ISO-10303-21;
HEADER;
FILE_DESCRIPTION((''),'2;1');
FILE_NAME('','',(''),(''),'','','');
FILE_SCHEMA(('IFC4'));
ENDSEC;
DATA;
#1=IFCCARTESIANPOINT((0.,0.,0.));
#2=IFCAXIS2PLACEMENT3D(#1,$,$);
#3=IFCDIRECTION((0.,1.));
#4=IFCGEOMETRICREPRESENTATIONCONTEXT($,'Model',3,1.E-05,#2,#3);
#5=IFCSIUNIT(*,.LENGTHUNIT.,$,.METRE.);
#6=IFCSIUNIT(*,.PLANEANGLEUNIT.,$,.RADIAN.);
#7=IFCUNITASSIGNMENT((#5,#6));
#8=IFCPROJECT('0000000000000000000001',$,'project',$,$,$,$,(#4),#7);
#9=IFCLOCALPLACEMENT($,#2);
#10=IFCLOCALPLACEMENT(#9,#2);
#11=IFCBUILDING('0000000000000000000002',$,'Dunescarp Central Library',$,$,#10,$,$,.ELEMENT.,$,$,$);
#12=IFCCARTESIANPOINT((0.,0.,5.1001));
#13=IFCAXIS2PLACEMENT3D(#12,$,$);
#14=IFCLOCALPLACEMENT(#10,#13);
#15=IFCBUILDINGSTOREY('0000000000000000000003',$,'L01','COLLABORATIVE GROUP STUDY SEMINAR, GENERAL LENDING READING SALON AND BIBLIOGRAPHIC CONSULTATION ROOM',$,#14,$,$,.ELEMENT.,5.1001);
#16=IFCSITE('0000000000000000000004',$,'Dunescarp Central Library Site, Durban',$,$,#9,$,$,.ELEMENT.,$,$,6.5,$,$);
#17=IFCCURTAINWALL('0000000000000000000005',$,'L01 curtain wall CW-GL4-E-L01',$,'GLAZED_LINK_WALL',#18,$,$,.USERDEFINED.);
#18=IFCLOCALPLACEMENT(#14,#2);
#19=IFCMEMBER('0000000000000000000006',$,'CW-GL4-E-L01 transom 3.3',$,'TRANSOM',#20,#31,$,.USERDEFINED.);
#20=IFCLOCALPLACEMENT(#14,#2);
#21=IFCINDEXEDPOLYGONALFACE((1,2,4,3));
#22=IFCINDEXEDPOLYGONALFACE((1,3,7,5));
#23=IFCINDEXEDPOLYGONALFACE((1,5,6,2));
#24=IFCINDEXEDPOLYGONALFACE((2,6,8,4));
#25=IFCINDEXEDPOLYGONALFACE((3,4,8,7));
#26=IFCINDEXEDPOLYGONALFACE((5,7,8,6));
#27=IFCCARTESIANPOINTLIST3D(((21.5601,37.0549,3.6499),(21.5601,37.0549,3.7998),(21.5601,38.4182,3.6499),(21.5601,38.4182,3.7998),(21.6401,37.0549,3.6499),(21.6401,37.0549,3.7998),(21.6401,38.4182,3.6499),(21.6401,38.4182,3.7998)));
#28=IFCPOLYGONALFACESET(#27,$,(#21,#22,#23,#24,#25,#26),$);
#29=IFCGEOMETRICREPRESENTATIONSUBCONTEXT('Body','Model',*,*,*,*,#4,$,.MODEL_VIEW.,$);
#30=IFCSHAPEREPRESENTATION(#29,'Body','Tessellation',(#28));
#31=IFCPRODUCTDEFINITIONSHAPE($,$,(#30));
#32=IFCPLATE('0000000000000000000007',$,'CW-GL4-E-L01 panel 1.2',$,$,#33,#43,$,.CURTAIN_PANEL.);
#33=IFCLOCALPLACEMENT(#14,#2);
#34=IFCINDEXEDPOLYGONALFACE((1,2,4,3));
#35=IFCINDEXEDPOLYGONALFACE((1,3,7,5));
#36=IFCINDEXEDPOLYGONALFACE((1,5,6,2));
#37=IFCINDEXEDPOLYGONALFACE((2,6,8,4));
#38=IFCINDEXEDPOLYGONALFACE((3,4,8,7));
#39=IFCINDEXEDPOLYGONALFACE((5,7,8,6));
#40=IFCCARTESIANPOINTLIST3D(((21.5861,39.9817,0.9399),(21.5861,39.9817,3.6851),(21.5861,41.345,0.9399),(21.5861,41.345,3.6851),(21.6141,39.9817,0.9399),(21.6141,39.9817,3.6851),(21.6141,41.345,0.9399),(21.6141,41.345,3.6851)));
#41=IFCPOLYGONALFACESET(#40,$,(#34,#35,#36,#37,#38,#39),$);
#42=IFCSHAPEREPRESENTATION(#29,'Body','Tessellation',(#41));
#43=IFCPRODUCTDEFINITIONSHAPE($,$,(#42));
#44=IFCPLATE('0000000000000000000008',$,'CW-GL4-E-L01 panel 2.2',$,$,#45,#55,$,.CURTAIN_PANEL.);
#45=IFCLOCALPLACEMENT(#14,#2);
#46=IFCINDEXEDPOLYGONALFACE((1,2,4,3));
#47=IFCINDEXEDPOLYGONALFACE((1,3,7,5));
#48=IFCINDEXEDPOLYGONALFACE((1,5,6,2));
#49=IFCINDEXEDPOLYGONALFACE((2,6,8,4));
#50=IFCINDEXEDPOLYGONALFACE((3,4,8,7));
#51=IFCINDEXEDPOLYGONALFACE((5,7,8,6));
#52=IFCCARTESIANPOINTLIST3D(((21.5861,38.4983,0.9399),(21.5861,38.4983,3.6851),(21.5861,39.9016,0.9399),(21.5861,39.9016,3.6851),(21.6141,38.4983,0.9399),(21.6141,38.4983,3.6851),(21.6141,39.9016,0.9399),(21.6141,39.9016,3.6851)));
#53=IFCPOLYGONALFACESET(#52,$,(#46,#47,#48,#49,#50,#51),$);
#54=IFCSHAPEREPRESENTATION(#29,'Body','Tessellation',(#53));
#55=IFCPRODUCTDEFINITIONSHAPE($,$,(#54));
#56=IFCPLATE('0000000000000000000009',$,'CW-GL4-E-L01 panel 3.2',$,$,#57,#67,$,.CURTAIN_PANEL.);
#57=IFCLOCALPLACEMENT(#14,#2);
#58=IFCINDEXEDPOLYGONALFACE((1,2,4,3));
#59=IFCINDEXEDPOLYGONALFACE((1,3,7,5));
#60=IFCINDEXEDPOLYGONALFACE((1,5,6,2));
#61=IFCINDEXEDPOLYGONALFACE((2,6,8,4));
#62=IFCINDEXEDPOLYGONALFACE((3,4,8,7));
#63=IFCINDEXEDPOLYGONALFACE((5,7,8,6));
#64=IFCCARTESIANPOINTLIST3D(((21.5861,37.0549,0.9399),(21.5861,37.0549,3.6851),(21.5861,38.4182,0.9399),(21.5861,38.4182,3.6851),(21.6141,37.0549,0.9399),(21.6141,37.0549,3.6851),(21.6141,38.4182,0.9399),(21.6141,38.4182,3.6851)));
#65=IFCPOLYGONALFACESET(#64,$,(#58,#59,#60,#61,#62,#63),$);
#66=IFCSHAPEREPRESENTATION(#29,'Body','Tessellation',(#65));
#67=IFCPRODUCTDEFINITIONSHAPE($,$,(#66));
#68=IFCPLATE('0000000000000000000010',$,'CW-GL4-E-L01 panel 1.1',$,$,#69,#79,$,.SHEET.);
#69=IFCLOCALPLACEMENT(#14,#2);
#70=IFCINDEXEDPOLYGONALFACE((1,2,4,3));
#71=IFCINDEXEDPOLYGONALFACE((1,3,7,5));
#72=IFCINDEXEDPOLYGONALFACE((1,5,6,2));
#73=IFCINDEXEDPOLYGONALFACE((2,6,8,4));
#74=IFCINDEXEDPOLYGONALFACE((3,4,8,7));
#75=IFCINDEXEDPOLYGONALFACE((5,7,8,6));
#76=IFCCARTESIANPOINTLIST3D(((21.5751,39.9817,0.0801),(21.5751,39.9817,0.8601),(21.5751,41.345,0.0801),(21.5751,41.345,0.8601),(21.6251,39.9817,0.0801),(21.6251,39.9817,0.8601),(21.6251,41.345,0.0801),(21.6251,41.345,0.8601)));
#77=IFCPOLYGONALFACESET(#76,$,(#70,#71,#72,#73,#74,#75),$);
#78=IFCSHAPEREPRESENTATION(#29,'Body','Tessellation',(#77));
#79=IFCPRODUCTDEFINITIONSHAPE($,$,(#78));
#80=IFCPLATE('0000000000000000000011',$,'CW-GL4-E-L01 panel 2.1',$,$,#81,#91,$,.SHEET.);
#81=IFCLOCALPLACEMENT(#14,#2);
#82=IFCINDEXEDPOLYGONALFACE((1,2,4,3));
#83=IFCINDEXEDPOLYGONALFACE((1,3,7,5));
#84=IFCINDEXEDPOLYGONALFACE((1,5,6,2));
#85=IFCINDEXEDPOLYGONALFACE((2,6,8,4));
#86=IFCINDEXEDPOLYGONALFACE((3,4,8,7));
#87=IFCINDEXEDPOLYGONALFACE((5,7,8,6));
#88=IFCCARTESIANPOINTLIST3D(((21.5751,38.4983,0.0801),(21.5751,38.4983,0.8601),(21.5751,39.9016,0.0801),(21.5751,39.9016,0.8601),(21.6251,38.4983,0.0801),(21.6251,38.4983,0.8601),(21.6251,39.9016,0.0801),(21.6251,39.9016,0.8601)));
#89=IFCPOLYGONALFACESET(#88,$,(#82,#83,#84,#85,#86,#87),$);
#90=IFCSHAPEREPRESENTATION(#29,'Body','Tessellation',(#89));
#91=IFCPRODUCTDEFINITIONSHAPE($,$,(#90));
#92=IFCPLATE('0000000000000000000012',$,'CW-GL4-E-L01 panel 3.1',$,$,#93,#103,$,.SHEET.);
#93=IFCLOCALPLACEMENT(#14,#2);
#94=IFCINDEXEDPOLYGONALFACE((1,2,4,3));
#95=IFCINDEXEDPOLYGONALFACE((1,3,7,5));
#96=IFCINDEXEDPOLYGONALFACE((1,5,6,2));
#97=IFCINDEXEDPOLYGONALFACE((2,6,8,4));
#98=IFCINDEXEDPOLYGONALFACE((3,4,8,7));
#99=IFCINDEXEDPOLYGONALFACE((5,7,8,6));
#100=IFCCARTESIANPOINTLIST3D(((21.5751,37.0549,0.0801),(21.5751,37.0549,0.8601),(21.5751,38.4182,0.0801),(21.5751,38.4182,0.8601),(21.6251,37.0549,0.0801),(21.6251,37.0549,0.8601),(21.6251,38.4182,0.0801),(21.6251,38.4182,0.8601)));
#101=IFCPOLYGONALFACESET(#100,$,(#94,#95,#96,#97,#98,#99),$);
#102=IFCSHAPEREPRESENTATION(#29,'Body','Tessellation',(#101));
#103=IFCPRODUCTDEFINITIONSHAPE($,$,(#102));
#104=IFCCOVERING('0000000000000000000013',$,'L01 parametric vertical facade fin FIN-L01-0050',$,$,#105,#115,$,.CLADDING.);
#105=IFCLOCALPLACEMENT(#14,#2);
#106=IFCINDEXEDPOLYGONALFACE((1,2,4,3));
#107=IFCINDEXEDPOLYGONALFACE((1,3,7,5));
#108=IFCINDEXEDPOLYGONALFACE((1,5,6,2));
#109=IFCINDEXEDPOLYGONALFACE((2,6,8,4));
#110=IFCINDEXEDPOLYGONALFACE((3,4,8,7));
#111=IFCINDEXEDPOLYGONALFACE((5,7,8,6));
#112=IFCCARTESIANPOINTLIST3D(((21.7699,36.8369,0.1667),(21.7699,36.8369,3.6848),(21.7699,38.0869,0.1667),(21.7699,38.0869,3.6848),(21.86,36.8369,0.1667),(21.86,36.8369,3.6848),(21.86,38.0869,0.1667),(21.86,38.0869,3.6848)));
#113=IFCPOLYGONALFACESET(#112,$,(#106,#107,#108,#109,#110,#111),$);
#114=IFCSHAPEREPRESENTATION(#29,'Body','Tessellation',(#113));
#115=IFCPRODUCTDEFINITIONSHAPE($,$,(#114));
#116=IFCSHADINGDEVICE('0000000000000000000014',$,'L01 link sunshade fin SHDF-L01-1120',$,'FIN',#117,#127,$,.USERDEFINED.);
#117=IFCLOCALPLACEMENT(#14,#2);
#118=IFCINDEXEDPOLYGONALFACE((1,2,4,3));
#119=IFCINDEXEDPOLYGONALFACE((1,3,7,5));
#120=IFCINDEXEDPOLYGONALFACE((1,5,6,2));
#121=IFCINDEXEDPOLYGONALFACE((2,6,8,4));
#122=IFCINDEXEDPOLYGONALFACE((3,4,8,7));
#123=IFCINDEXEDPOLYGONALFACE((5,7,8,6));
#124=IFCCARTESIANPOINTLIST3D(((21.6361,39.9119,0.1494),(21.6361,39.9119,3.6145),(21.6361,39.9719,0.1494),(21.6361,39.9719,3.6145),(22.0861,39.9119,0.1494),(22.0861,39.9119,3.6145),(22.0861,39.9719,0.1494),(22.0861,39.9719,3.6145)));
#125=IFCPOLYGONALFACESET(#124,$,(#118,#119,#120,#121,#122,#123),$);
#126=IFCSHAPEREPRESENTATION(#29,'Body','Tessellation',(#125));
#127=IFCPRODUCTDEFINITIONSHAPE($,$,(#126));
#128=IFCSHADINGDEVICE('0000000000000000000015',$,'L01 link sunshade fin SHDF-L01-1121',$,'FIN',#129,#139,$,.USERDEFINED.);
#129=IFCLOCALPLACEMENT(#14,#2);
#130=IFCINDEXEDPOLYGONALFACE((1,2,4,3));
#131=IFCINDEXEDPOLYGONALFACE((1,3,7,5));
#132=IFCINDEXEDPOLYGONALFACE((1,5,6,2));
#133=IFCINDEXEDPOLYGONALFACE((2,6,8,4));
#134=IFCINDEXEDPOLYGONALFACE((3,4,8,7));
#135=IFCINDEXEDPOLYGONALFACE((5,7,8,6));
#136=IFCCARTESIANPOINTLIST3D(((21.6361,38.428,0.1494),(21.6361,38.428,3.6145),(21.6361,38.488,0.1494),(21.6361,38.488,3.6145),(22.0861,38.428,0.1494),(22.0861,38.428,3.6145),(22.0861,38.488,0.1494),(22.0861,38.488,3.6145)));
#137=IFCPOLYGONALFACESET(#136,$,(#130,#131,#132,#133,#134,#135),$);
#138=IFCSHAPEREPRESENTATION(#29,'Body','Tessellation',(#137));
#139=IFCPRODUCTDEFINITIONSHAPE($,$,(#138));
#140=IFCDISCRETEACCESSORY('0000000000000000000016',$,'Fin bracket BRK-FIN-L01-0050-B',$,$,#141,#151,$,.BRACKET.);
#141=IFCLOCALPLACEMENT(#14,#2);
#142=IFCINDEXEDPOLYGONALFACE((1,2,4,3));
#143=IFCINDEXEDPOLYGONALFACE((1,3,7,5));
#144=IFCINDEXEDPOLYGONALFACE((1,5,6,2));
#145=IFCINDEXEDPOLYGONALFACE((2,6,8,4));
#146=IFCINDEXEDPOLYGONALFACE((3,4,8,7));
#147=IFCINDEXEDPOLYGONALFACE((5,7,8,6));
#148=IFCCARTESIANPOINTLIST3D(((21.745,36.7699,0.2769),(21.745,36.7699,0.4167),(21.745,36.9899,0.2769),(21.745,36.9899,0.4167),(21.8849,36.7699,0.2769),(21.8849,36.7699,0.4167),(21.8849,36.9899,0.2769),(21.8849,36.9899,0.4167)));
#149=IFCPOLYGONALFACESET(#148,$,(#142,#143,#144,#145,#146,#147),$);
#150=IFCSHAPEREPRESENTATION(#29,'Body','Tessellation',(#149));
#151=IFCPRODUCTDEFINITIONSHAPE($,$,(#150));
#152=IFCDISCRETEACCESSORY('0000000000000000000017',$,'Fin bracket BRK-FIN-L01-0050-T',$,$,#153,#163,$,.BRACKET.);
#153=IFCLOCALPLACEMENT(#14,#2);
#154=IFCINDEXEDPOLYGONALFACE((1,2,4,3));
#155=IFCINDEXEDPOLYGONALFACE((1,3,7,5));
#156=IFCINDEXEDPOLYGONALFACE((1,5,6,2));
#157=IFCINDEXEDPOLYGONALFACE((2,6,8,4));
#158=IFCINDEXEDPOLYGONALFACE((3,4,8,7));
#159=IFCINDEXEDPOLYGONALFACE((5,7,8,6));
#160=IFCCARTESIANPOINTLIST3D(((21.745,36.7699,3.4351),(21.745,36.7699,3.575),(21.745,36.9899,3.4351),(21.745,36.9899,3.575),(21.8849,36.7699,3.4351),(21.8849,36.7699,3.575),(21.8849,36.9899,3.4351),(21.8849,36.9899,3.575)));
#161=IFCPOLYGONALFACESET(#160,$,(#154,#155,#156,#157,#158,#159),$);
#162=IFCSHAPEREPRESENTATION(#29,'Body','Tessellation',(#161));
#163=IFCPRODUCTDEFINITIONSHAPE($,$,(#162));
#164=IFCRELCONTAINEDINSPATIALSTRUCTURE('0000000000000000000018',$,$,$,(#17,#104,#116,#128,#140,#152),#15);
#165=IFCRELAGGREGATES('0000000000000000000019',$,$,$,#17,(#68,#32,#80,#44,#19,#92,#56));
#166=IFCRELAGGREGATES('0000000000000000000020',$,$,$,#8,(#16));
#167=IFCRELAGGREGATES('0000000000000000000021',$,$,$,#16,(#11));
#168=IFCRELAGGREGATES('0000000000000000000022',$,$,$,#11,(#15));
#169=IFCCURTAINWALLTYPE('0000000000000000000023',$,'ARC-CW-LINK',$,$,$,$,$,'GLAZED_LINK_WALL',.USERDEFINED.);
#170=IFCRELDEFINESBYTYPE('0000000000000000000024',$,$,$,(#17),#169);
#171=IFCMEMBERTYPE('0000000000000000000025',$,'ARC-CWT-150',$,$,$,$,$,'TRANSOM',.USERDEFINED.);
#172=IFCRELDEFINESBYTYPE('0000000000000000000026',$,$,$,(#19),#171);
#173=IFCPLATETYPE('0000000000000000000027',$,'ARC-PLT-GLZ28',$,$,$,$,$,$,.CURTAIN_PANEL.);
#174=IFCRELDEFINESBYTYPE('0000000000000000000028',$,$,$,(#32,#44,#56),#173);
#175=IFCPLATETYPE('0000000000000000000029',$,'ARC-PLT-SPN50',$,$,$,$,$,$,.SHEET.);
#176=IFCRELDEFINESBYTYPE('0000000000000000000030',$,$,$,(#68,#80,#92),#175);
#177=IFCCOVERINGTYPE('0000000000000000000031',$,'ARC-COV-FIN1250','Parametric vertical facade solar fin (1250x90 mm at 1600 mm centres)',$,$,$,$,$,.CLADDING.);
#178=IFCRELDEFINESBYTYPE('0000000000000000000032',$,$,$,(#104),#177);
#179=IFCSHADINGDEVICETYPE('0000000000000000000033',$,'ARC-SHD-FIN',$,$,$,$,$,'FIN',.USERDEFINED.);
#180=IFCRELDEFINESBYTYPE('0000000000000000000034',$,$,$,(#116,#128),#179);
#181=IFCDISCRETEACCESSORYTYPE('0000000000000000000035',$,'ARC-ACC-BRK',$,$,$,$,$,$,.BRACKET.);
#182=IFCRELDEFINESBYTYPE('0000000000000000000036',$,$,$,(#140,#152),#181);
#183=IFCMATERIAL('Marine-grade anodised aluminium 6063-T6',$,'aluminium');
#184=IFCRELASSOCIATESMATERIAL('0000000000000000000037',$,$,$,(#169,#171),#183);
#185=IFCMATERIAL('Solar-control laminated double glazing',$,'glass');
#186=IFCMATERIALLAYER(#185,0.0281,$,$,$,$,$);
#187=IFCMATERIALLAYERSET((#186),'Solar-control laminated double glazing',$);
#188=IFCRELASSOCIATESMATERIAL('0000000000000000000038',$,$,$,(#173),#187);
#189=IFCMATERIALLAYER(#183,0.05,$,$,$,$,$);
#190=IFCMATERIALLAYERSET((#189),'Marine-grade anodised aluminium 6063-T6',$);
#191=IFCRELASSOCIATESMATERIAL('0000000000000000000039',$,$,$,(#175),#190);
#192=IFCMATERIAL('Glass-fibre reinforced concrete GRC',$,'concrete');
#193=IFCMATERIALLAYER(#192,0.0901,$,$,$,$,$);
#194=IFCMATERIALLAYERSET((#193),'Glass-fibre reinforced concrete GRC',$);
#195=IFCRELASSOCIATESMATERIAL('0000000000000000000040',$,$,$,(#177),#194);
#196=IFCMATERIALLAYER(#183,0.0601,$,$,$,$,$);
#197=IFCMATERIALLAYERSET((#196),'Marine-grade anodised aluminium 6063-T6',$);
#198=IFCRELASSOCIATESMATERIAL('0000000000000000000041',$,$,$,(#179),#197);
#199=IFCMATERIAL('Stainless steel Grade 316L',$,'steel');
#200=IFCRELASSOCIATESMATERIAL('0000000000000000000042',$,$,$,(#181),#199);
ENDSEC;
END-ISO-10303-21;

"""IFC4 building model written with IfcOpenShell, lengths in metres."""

from ifc_helpers import new_model, si_unit, direction, frame, origin, origin_2d, place, context, subcontext, project, spatial, rectangle, extrude, material, layer, layer_set, material_profile, profile_set, type_object, element, aggregate, save


model = new_model("IFC4")

# Units and contexts
model_context = context("Model", 3, precision=1e-05, world=origin(), true_north=direction((0.0, 1.0)))
body_context = subcontext(model_context, "Body", "Model", "MODEL_VIEW")
ifc_project = project(units=[si_unit("LENGTHUNIT", "METRE"), si_unit("PLANEANGLEUNIT", "RADIAN")], contexts=[model_context])

# Site, building, storey
site_placement = place(None, origin())
site = spatial("IfcSite", under=ifc_project, at=site_placement, Name="Dunescarp Central Library Site, Durban", CompositionType="ELEMENT", RefElevation=6.5)
building_placement = place(site_placement, origin())
building = spatial("IfcBuilding", under=site, at=building_placement, Name="Dunescarp Central Library", CompositionType="ELEMENT")
storey_placement = place(building_placement, frame((0.0, 0.0, 5.1001)))
storey = spatial("IfcBuildingStorey", under=building, at=storey_placement, Name="L01", Description="COLLABORATIVE GROUP STUDY SEMINAR, GENERAL LENDING READING SALON AND BIBLIOGRAPHIC CONSULTATION ROOM", CompositionType="ELEMENT", Elevation=5.1001)

# Shared definitions
ifc_material_1 = material(Name="Marine-grade anodised aluminium 6063-T6", Category="aluminium")

# Curtain wall
curtain_wall_type_1 = type_object("IfcCurtainWallType", Name="ARC-CW-LINK", ElementType="GLAZED_LINK_WALL", PredefinedType="USERDEFINED", material=ifc_material_1)
curtain_wall_1_placement = place(storey_placement, origin())
curtain_wall_1 = element("IfcCurtainWall", 1, at=curtain_wall_1_placement, inside=storey, type_object=curtain_wall_type_1, Name="L01 curtain wall CW-GL4-E-L01", ObjectType="GLAZED_LINK_WALL", PredefinedType="USERDEFINED")

# Member
ifc_material_profile_1 = material_profile(ifc_material_1, rectangle(XDim=0.0801, YDim=0.1499, at=origin_2d()), Name="AL 80x150")
ifc_profile_set_1 = profile_set([ifc_material_profile_1], Name="Marine-grade anodised aluminium 6063-T6")
member_type_1 = type_object("IfcMemberType", Name="ARC-CWT-150", ElementType="TRANSOM", PredefinedType="USERDEFINED", material=ifc_profile_set_1)
member_1_placement = place(storey_placement, frame((21.6001, 38.4182, 3.7249), z_axis=(0.0, -1.0, 0.0), x_axis=(1.0, 0.0, 0.0)))
member_1 = element("IfcMember", 2, at=member_1_placement, type_object=member_type_1, Name="CW-GL4-E-L01 transom 3.3", ObjectType="TRANSOM", PredefinedType="USERDEFINED", context=body_context, shape_type="SweptSolid", body=[
    extrude(rectangle(XDim=0.0801, YDim=0.1499, at=origin_2d()), origin(), (0.0, 0.0, 1.0), 1.3633),
])

# Plates
ifc_material_2 = material(Name="Solar-control laminated double glazing", Category="glass")
ifc_layer_1 = layer(ifc_material_2, 0.0281)
ifc_layer_set_1 = layer_set([ifc_layer_1], Name="Solar-control laminated double glazing")
plate_type_1 = type_object("IfcPlateType", Name="ARC-PLT-GLZ28", PredefinedType="CURTAIN_PANEL", material=ifc_layer_set_1)
plate_1_placement = place(storey_placement, frame((21.6001, 40.6633, 0.9399), z_axis=(0.0, 0.0, 1.0), x_axis=(0.0, -1.0, 0.0)))
plate_1 = element("IfcPlate", 3, at=plate_1_placement, type_object=plate_type_1, Name="CW-GL4-E-L01 panel 1.2", PredefinedType="CURTAIN_PANEL", context=body_context, shape_type="SweptSolid", body=[
    extrude(rectangle(XDim=1.3633, YDim=0.0281, at=origin_2d()), origin(), (0.0, 0.0, 1.0), 2.7451),
])
plate_2_placement = place(storey_placement, frame((21.6001, 39.2, 0.9399), z_axis=(0.0, 0.0, 1.0), x_axis=(0.0, -1.0, 0.0)))
plate_2 = element("IfcPlate", 4, at=plate_2_placement, type_object=plate_type_1, Name="CW-GL4-E-L01 panel 2.2", PredefinedType="CURTAIN_PANEL", context=body_context, shape_type="SweptSolid", body=[
    extrude(rectangle(XDim=1.4033, YDim=0.0281, at=origin_2d()), origin(), (0.0, 0.0, 1.0), 2.7451),
])
plate_3_placement = place(storey_placement, frame((21.6001, 37.7366, 0.9399), z_axis=(0.0, 0.0, 1.0), x_axis=(0.0, -1.0, 0.0)))
plate_3 = element("IfcPlate", 5, at=plate_3_placement, type_object=plate_type_1, Name="CW-GL4-E-L01 panel 3.2", PredefinedType="CURTAIN_PANEL", context=body_context, shape_type="SweptSolid", body=[
    extrude(rectangle(XDim=1.3633, YDim=0.0281, at=origin_2d()), origin(), (0.0, 0.0, 1.0), 2.7451),
])
ifc_layer_2 = layer(ifc_material_1, 0.05)
ifc_layer_set_2 = layer_set([ifc_layer_2], Name="Marine-grade anodised aluminium 6063-T6")
plate_type_2 = type_object("IfcPlateType", Name="ARC-PLT-SPN50", PredefinedType="SHEET", material=ifc_layer_set_2)
plate_4_placement = place(storey_placement, frame((21.6001, 40.6633, 0.0801), z_axis=(0.0, 0.0, 1.0), x_axis=(0.0, -1.0, 0.0)))
plate_4 = element("IfcPlate", 6, at=plate_4_placement, type_object=plate_type_2, Name="CW-GL4-E-L01 panel 1.1", PredefinedType="SHEET", context=body_context, shape_type="SweptSolid", body=[
    extrude(rectangle(XDim=1.3633, YDim=0.05, at=origin_2d()), origin(), (0.0, 0.0, 1.0), 0.78),
])
plate_5_placement = place(storey_placement, frame((21.6001, 39.2, 0.0801), z_axis=(0.0, 0.0, 1.0), x_axis=(0.0, -1.0, 0.0)))
plate_5 = element("IfcPlate", 7, at=plate_5_placement, type_object=plate_type_2, Name="CW-GL4-E-L01 panel 2.1", PredefinedType="SHEET", context=body_context, shape_type="SweptSolid", body=[
    extrude(rectangle(XDim=1.4033, YDim=0.05, at=origin_2d()), origin(), (0.0, 0.0, 1.0), 0.78),
])
plate_6_placement = place(storey_placement, frame((21.6001, 37.7366, 0.0801), z_axis=(0.0, 0.0, 1.0), x_axis=(0.0, -1.0, 0.0)))
plate_6 = element("IfcPlate", 8, at=plate_6_placement, type_object=plate_type_2, Name="CW-GL4-E-L01 panel 3.1", PredefinedType="SHEET", context=body_context, shape_type="SweptSolid", body=[
    extrude(rectangle(XDim=1.3633, YDim=0.05, at=origin_2d()), origin(), (0.0, 0.0, 1.0), 0.78),
])
aggregate(curtain_wall_1, [plate_4, plate_1, plate_5, plate_2, member_1, plate_6, plate_3])

# Covering
ifc_material_3 = material(Name="Glass-fibre reinforced concrete GRC", Category="concrete")
ifc_layer_3 = layer(ifc_material_3, 0.0901)
ifc_layer_set_3 = layer_set([ifc_layer_3], Name="Glass-fibre reinforced concrete GRC")
covering_type = type_object("IfcCoveringType", Name="ARC-COV-FIN1250", Description="Parametric vertical facade solar fin (1250x90 mm at 1600 mm centres)", PredefinedType="CLADDING", material=ifc_layer_set_3)
covering_placement = place(storey_placement, frame((21.8149, 37.4619, 0.1667), z_axis=(0.0, 0.0, 1.0), x_axis=(0.0, 1.0, 0.0)))
element("IfcCovering", 9, at=covering_placement, inside=storey, type_object=covering_type, Name="L01 parametric vertical facade fin FIN-L01-0050", PredefinedType="CLADDING", context=body_context, shape_type="SweptSolid", body=[
    extrude(rectangle(XDim=1.25, YDim=0.0901, at=origin_2d()), origin(), (0.0, 0.0, 1.0), 3.5181),
])

# Shading devices
ifc_layer_4 = layer(ifc_material_1, 0.0601)
ifc_layer_set_4 = layer_set([ifc_layer_4], Name="Marine-grade anodised aluminium 6063-T6")
shading_device_type = type_object("IfcShadingDeviceType", Name="ARC-SHD-FIN", ElementType="FIN", PredefinedType="USERDEFINED", material=ifc_layer_set_4)
for number, where, z_axis, x_axis, name in (
    (10, (21.8611, 39.9419, 0.1494), (0.0, 0.0, 1.0), (1.0, 0.0, 0.0), "L01 link sunshade fin SHDF-L01-1120"),
    (11, (21.8611, 38.458, 0.1494), (0.0, 0.0, 1.0), (1.0, 0.0, 0.0), "L01 link sunshade fin SHDF-L01-1121"),
):
    element("IfcShadingDevice", number, at=place(storey_placement, frame(where, z_axis=z_axis, x_axis=x_axis)), inside=storey, type_object=shading_device_type, Name=name, ObjectType="FIN", PredefinedType="USERDEFINED", context=body_context, shape_type="SweptSolid", body=[
        extrude(rectangle(XDim=0.45, YDim=0.0601, at=origin_2d()), origin(), (0.0, 0.0, 1.0), 3.4651),
    ])

# Discrete accessories
ifc_material_4 = material(Name="Stainless steel Grade 316L", Category="steel")
discrete_accessory_type = type_object("IfcDiscreteAccessoryType", Name="ARC-ACC-BRK", PredefinedType="BRACKET", material=ifc_material_4)
for number, where, z_axis, x_axis, name in (
    (12, (21.8149, 36.8799, 0.2769), (0.0, 0.0, 1.0), (0.0, 1.0, 0.0), "Fin bracket BRK-FIN-L01-0050-B"),
    (13, (21.8149, 36.8799, 3.4351), (0.0, 0.0, 1.0), (0.0, 1.0, 0.0), "Fin bracket BRK-FIN-L01-0050-T"),
):
    element("IfcDiscreteAccessory", number, at=place(storey_placement, frame(where, z_axis=z_axis, x_axis=x_axis)), inside=storey, type_object=discrete_accessory_type, Name=name, PredefinedType="BRACKET", context=body_context, shape_type="SweptSolid", body=[
        extrude(rectangle(XDim=0.22, YDim=0.1399, at=origin_2d()), origin(), (0.0, 0.0, 1.0), 0.1399),
    ])

save(model, "model.ifc")
